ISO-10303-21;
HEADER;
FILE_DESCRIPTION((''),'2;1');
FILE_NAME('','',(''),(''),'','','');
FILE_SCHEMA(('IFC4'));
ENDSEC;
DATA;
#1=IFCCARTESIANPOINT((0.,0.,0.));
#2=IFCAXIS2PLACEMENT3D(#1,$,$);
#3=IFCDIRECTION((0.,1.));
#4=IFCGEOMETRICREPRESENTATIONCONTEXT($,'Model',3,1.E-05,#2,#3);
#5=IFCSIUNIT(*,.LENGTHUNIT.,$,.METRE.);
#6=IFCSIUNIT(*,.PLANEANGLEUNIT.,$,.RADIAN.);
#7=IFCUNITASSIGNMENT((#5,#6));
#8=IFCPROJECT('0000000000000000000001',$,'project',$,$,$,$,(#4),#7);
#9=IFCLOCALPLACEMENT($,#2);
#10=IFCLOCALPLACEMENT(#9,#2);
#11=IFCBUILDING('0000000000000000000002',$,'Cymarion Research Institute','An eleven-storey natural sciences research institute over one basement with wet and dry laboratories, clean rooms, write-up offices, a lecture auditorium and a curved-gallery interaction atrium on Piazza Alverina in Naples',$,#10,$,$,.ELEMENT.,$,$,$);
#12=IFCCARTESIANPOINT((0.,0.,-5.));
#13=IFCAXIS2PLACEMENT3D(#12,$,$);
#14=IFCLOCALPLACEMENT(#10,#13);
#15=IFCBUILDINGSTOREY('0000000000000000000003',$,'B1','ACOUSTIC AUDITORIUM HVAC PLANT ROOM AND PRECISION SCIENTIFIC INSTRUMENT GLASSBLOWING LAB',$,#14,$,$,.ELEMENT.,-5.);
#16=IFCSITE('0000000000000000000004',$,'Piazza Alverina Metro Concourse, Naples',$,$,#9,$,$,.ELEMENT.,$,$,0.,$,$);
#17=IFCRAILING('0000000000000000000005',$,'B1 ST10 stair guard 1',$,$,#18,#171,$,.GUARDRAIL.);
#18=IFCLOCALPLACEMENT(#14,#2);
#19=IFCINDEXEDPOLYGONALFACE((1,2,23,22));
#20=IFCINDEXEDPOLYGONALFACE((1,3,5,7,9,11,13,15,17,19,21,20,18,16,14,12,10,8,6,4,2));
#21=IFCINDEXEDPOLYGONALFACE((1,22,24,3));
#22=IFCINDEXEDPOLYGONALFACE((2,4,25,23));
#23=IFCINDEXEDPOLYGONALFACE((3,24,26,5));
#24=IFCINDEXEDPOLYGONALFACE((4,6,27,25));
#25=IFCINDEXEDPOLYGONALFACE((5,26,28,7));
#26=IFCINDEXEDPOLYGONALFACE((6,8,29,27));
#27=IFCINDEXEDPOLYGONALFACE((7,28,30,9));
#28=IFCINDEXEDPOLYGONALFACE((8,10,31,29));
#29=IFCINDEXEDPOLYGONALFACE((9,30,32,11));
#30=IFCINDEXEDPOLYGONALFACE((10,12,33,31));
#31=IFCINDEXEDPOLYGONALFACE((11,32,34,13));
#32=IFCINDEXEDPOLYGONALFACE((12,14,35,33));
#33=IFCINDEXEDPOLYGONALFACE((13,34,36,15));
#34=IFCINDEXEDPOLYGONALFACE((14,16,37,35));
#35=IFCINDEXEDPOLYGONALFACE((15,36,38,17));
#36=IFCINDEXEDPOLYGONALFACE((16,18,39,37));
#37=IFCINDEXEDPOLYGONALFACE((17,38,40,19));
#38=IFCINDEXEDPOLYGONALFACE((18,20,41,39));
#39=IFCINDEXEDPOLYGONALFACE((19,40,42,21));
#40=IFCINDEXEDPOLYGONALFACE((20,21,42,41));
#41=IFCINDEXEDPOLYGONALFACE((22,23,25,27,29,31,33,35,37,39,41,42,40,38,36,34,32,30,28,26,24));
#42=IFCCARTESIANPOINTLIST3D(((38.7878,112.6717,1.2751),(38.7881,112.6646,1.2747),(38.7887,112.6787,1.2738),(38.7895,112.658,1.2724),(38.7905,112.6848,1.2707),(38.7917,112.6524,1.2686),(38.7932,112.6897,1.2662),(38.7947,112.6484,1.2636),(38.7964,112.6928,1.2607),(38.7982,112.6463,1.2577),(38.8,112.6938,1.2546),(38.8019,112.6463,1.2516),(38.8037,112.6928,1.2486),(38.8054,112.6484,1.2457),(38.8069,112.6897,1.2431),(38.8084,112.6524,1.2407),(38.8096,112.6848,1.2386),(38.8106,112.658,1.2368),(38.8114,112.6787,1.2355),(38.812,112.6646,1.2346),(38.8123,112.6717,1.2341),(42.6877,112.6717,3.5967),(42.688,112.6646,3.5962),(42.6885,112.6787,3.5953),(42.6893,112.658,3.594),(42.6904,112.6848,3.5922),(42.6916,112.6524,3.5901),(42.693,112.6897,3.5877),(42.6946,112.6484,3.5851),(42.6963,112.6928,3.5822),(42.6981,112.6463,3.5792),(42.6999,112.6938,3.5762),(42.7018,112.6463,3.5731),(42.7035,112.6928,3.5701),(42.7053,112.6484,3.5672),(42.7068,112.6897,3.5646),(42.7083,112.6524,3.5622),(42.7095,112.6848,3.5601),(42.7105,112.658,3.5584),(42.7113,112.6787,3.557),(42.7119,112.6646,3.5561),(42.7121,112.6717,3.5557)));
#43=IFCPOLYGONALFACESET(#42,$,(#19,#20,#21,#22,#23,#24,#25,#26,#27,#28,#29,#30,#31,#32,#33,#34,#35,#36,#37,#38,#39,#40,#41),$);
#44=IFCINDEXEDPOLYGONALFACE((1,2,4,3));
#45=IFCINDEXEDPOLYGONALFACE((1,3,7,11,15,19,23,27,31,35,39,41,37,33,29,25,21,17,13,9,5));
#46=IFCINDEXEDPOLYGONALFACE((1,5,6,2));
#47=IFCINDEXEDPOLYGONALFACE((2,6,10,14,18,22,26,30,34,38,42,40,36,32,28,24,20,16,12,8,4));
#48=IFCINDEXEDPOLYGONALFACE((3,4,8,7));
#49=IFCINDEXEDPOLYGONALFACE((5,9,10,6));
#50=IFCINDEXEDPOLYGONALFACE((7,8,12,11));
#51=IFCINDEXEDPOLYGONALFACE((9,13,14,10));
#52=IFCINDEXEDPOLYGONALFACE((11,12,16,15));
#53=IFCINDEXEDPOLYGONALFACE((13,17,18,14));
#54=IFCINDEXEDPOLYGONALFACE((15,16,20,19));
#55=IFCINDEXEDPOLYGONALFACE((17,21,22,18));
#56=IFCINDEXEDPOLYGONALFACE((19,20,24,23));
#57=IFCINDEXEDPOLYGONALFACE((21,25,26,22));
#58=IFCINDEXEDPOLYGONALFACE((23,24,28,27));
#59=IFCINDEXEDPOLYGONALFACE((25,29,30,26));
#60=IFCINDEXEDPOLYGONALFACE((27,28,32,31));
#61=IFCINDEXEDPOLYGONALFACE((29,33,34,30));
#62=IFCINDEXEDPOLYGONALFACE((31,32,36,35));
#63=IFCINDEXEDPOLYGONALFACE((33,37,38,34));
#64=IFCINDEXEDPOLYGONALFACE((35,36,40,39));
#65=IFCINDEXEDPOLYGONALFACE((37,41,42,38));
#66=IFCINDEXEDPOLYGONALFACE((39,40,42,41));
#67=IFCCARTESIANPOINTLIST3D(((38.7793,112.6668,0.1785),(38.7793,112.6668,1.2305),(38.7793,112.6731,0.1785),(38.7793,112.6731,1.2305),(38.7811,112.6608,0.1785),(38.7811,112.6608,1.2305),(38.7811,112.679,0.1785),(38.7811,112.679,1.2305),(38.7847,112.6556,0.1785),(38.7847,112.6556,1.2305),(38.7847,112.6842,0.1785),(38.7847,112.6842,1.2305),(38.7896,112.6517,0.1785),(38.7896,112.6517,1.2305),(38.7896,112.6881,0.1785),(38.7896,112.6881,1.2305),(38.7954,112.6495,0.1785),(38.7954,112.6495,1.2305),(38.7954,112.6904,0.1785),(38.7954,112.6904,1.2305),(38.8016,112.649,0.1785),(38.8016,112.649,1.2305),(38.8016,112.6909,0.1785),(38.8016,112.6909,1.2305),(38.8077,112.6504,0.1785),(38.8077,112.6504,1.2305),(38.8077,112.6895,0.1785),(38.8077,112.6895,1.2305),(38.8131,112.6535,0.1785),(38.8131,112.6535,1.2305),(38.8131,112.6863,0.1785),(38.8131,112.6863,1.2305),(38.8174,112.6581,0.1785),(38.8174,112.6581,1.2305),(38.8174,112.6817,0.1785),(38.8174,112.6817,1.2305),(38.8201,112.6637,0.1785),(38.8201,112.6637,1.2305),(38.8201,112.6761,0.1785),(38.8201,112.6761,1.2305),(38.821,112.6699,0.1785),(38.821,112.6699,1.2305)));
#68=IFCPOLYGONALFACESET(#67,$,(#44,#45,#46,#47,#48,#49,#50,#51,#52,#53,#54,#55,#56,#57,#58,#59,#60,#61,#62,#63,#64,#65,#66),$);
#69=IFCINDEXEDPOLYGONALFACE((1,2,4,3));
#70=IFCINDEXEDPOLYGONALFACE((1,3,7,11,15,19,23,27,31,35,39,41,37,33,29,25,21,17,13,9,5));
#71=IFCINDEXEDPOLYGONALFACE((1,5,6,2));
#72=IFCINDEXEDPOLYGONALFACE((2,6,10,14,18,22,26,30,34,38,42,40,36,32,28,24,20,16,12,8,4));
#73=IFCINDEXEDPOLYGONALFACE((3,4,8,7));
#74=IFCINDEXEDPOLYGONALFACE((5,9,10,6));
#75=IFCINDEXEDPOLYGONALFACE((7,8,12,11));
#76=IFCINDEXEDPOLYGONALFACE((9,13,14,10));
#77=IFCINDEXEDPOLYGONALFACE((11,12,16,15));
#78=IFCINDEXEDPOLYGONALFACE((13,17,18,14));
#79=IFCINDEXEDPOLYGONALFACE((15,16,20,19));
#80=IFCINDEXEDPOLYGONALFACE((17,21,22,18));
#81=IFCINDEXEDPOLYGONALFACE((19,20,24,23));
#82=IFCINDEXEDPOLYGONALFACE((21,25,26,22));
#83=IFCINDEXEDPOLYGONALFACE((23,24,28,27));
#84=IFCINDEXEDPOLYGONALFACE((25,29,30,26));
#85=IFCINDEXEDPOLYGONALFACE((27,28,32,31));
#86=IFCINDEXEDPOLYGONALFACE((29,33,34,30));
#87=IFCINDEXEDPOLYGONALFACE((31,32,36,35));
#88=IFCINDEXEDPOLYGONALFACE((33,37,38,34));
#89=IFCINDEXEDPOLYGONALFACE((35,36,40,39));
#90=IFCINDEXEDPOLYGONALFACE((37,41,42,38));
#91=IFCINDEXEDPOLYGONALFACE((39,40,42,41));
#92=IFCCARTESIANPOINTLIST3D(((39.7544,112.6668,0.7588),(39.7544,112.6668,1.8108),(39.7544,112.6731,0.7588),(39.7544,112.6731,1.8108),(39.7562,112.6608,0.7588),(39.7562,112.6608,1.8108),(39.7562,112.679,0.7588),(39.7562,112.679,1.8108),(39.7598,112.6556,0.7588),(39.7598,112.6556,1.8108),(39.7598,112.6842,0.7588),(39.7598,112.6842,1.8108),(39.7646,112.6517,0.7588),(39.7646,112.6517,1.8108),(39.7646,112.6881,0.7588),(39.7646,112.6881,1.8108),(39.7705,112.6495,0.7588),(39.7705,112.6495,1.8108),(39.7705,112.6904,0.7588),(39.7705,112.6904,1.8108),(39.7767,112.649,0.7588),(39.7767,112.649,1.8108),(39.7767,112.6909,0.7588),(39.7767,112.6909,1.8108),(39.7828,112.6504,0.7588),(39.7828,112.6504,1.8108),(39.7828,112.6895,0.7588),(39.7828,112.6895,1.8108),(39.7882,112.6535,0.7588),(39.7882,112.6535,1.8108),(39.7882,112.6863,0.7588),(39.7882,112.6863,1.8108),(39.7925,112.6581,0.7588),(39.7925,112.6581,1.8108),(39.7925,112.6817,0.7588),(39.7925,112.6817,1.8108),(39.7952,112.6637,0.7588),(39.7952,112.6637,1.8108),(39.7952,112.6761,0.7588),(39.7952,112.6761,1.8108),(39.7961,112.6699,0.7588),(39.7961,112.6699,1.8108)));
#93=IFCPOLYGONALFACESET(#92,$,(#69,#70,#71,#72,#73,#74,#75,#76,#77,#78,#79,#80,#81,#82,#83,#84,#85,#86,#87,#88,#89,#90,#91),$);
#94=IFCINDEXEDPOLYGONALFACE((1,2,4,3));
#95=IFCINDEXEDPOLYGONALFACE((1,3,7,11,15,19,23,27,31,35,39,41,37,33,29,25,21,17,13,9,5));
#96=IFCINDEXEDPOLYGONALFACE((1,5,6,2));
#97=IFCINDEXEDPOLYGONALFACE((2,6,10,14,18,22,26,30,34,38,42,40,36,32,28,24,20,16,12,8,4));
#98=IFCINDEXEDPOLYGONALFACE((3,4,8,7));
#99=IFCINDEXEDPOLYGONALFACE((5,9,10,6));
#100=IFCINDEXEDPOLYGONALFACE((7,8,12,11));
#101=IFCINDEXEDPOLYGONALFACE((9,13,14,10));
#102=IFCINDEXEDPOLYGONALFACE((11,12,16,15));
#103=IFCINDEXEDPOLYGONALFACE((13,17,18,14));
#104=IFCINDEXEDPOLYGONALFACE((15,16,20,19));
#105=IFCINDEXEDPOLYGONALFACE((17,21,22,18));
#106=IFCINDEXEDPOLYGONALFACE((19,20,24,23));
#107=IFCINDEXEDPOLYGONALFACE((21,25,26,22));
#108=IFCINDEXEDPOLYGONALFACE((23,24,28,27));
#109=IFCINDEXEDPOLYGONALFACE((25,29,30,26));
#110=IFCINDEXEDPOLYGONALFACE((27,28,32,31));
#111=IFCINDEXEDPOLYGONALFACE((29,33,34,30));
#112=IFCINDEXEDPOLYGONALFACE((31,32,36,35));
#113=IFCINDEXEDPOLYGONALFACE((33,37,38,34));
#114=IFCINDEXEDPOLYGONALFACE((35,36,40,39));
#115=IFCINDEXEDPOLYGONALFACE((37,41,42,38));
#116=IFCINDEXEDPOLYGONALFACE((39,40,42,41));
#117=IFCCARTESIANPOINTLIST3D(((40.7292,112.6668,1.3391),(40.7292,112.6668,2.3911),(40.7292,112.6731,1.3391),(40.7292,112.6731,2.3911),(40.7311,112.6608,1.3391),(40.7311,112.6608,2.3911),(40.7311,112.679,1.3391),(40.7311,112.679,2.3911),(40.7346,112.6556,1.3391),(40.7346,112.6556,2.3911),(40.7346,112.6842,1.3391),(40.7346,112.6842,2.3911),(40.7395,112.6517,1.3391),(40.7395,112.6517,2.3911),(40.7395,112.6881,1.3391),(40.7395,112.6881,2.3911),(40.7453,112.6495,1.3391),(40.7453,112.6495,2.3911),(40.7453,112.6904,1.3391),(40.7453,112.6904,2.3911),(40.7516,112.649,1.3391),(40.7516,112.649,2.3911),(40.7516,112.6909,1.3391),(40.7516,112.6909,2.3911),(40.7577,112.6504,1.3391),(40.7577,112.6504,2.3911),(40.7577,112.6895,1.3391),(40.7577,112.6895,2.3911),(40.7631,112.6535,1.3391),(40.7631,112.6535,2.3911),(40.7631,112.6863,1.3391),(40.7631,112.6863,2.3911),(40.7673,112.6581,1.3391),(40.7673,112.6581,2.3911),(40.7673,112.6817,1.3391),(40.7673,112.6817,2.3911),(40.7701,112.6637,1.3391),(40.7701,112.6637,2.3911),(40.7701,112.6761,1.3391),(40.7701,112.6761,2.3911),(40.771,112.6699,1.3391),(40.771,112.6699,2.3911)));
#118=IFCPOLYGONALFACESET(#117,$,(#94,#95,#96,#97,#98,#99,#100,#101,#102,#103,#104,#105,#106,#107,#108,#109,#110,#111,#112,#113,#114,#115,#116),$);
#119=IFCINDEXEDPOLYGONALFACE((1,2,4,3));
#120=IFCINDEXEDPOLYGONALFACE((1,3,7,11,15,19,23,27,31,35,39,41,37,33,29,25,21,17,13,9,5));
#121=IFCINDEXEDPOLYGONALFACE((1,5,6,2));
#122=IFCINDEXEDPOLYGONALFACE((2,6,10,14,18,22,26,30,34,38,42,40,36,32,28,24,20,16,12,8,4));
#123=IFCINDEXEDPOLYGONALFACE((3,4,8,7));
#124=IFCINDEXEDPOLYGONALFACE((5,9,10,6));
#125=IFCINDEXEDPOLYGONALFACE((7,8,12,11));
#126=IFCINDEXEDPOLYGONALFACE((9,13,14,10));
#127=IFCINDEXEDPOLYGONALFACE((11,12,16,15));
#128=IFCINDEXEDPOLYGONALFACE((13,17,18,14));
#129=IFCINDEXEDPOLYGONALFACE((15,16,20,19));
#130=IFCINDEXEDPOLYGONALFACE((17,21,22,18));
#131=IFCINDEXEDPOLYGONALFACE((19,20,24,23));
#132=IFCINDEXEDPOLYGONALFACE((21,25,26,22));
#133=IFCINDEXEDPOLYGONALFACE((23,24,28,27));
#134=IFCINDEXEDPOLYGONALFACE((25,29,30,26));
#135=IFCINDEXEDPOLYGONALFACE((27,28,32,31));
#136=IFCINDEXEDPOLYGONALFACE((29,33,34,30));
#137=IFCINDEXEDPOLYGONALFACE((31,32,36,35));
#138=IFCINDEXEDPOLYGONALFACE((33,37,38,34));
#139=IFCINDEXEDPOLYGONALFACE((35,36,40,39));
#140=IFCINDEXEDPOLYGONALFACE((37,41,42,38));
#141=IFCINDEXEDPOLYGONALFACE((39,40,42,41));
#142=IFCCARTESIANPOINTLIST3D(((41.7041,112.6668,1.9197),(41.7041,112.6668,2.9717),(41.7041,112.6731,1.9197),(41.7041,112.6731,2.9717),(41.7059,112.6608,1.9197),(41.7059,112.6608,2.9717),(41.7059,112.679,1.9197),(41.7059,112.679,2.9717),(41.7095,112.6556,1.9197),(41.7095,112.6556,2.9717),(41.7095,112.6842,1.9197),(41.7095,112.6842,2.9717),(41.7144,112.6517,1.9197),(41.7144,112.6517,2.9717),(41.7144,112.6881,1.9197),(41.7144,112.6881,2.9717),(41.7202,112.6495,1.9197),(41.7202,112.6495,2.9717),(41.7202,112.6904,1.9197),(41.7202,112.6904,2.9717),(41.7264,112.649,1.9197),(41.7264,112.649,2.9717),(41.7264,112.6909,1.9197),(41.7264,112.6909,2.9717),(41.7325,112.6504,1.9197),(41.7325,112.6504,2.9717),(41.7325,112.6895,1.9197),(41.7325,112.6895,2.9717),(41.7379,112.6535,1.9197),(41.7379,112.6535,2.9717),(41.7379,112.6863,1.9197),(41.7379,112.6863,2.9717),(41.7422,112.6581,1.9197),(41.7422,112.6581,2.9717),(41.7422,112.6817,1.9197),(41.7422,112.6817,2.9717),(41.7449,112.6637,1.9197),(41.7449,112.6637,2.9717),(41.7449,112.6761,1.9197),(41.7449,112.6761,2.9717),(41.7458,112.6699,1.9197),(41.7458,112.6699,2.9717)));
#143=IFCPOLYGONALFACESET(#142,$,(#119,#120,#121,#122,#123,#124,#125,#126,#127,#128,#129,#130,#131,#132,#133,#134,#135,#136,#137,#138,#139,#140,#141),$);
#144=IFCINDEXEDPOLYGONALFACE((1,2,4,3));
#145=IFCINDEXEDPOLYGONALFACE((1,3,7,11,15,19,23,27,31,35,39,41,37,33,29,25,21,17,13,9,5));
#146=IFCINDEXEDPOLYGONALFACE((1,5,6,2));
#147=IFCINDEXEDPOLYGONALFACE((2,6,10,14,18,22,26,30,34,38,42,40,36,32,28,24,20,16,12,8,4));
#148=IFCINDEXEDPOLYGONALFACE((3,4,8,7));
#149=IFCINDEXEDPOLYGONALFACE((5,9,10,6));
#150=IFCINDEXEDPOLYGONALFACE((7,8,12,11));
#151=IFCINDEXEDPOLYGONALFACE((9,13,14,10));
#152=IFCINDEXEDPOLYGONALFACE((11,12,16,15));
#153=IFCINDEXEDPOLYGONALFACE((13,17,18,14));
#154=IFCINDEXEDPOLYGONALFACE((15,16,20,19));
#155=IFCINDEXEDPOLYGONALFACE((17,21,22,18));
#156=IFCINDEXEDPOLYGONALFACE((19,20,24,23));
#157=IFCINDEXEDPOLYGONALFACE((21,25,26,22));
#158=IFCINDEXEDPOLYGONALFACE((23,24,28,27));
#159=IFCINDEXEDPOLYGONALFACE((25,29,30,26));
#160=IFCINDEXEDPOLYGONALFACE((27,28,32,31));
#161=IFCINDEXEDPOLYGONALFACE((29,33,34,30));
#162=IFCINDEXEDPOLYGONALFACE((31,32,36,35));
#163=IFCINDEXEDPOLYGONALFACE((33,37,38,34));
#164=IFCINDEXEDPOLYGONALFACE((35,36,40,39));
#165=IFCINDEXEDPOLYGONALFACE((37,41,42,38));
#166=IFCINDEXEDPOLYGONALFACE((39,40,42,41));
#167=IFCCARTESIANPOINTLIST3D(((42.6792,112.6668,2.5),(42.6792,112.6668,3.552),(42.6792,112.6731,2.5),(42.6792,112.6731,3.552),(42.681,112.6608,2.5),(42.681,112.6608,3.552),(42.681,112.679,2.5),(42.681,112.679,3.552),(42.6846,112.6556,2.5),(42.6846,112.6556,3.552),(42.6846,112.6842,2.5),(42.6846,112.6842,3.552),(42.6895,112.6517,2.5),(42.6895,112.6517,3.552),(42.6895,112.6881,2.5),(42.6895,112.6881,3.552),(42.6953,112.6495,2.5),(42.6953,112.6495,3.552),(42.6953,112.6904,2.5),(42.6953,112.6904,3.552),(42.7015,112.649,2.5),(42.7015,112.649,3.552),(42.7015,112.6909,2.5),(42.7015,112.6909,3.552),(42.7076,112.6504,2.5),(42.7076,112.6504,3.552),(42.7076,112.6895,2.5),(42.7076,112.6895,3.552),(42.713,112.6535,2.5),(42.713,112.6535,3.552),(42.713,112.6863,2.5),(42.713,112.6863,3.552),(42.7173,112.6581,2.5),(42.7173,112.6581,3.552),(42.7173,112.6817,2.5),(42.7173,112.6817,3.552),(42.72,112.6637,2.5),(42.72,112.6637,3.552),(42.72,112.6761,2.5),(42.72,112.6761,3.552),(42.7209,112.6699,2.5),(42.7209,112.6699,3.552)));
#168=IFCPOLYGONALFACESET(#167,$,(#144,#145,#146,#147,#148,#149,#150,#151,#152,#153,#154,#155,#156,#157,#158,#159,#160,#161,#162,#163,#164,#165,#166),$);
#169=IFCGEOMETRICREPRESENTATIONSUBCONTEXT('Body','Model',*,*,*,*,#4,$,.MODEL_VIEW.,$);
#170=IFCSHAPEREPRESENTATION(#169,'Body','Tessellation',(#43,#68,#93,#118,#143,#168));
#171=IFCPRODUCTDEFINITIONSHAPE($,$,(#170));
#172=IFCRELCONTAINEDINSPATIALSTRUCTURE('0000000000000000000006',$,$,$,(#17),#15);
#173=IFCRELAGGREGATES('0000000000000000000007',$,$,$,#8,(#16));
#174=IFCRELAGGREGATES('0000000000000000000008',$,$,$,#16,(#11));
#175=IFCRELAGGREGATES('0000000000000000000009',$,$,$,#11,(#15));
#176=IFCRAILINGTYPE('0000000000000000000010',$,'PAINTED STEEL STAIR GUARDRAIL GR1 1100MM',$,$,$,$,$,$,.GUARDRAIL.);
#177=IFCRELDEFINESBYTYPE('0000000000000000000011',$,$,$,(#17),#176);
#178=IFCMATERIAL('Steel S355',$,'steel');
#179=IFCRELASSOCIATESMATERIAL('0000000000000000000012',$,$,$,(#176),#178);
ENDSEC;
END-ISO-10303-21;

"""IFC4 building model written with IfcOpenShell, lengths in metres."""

from ifc_helpers import new_model, si_unit, direction, frame, origin, origin_2d, place, context, subcontext, project, spatial, circle, extrude, material, type_object, element, save


model = new_model("IFC4")

# Units and contexts
model_context = context("Model", 3, precision=1e-05, world=origin(), true_north=direction((0.0, 1.0)))
body_context = subcontext(model_context, "Body", "Model", "MODEL_VIEW")
ifc_project = project(units=[si_unit("LENGTHUNIT", "METRE"), si_unit("PLANEANGLEUNIT", "RADIAN")], contexts=[model_context])

# Site, building, storey
site_placement = place(None, origin())
site = spatial("IfcSite", under=ifc_project, at=site_placement, Name="Piazza Alverina Metro Concourse, Naples", CompositionType="ELEMENT", RefElevation=0.0)
building_placement = place(site_placement, origin())
building = spatial("IfcBuilding", under=site, at=building_placement, Name="Cymarion Research Institute", Description="An eleven-storey natural sciences research institute over one basement with wet and dry laboratories, clean rooms, write-up offices, a lecture auditorium and a curved-gallery interaction atrium on Piazza Alverina in Naples", CompositionType="ELEMENT")
storey_placement = place(building_placement, frame((0.0, 0.0, -5.0)))
storey = spatial("IfcBuildingStorey", under=building, at=storey_placement, Name="B1", Description="ACOUSTIC AUDITORIUM HVAC PLANT ROOM AND PRECISION SCIENTIFIC INSTRUMENT GLASSBLOWING LAB", CompositionType="ELEMENT", Elevation=-5.0)

# Shared definitions
ifc_material_1 = material(Name="Steel S355", Category="steel")

# Railing
railing_type_1 = type_object("IfcRailingType", Name="PAINTED STEEL STAIR GUARDRAIL GR1 1100MM", PredefinedType="GUARDRAIL", material=ifc_material_1)
railing_1_placement = place(storey_placement, frame((38.8, 112.6699, 0.1785)))
element("IfcRailing", 1, at=railing_1_placement, inside=storey, type_object=railing_type_1, Name="B1 ST10 stair guard 1", PredefinedType="GUARDRAIL", context=body_context, shape_type="SweptSolid", body=[
    extrude(circle(Radius=0.0239, at=origin_2d()), frame((0.0, 0.0, 1.0762), z_axis=(0.859277, 0.0, 0.51151), x_axis=(0.0, 1.0, 0.0)), (0.0, 0.0, 1.0), 4.5386),
    extrude(circle(Radius=0.021, at=origin_2d()), origin(), (0.0, 0.0, 1.0), 1.052),
    extrude(circle(Radius=0.021, at=origin_2d()), frame((0.9751, 0.0, 0.5803)), (0.0, 0.0, 1.0), 1.052),
    extrude(circle(Radius=0.021, at=origin_2d()), frame((1.95, 0.0, 1.1606)), (0.0, 0.0, 1.0), 1.052),
    extrude(circle(Radius=0.021, at=origin_2d()), frame((2.9248, 0.0, 1.7412)), (0.0, 0.0, 1.0), 1.052),
    extrude(circle(Radius=0.021, at=origin_2d()), frame((3.8999, 0.0, 2.3215)), (0.0, 0.0, 1.0), 1.052),
])

save(model, "model.ifc")
